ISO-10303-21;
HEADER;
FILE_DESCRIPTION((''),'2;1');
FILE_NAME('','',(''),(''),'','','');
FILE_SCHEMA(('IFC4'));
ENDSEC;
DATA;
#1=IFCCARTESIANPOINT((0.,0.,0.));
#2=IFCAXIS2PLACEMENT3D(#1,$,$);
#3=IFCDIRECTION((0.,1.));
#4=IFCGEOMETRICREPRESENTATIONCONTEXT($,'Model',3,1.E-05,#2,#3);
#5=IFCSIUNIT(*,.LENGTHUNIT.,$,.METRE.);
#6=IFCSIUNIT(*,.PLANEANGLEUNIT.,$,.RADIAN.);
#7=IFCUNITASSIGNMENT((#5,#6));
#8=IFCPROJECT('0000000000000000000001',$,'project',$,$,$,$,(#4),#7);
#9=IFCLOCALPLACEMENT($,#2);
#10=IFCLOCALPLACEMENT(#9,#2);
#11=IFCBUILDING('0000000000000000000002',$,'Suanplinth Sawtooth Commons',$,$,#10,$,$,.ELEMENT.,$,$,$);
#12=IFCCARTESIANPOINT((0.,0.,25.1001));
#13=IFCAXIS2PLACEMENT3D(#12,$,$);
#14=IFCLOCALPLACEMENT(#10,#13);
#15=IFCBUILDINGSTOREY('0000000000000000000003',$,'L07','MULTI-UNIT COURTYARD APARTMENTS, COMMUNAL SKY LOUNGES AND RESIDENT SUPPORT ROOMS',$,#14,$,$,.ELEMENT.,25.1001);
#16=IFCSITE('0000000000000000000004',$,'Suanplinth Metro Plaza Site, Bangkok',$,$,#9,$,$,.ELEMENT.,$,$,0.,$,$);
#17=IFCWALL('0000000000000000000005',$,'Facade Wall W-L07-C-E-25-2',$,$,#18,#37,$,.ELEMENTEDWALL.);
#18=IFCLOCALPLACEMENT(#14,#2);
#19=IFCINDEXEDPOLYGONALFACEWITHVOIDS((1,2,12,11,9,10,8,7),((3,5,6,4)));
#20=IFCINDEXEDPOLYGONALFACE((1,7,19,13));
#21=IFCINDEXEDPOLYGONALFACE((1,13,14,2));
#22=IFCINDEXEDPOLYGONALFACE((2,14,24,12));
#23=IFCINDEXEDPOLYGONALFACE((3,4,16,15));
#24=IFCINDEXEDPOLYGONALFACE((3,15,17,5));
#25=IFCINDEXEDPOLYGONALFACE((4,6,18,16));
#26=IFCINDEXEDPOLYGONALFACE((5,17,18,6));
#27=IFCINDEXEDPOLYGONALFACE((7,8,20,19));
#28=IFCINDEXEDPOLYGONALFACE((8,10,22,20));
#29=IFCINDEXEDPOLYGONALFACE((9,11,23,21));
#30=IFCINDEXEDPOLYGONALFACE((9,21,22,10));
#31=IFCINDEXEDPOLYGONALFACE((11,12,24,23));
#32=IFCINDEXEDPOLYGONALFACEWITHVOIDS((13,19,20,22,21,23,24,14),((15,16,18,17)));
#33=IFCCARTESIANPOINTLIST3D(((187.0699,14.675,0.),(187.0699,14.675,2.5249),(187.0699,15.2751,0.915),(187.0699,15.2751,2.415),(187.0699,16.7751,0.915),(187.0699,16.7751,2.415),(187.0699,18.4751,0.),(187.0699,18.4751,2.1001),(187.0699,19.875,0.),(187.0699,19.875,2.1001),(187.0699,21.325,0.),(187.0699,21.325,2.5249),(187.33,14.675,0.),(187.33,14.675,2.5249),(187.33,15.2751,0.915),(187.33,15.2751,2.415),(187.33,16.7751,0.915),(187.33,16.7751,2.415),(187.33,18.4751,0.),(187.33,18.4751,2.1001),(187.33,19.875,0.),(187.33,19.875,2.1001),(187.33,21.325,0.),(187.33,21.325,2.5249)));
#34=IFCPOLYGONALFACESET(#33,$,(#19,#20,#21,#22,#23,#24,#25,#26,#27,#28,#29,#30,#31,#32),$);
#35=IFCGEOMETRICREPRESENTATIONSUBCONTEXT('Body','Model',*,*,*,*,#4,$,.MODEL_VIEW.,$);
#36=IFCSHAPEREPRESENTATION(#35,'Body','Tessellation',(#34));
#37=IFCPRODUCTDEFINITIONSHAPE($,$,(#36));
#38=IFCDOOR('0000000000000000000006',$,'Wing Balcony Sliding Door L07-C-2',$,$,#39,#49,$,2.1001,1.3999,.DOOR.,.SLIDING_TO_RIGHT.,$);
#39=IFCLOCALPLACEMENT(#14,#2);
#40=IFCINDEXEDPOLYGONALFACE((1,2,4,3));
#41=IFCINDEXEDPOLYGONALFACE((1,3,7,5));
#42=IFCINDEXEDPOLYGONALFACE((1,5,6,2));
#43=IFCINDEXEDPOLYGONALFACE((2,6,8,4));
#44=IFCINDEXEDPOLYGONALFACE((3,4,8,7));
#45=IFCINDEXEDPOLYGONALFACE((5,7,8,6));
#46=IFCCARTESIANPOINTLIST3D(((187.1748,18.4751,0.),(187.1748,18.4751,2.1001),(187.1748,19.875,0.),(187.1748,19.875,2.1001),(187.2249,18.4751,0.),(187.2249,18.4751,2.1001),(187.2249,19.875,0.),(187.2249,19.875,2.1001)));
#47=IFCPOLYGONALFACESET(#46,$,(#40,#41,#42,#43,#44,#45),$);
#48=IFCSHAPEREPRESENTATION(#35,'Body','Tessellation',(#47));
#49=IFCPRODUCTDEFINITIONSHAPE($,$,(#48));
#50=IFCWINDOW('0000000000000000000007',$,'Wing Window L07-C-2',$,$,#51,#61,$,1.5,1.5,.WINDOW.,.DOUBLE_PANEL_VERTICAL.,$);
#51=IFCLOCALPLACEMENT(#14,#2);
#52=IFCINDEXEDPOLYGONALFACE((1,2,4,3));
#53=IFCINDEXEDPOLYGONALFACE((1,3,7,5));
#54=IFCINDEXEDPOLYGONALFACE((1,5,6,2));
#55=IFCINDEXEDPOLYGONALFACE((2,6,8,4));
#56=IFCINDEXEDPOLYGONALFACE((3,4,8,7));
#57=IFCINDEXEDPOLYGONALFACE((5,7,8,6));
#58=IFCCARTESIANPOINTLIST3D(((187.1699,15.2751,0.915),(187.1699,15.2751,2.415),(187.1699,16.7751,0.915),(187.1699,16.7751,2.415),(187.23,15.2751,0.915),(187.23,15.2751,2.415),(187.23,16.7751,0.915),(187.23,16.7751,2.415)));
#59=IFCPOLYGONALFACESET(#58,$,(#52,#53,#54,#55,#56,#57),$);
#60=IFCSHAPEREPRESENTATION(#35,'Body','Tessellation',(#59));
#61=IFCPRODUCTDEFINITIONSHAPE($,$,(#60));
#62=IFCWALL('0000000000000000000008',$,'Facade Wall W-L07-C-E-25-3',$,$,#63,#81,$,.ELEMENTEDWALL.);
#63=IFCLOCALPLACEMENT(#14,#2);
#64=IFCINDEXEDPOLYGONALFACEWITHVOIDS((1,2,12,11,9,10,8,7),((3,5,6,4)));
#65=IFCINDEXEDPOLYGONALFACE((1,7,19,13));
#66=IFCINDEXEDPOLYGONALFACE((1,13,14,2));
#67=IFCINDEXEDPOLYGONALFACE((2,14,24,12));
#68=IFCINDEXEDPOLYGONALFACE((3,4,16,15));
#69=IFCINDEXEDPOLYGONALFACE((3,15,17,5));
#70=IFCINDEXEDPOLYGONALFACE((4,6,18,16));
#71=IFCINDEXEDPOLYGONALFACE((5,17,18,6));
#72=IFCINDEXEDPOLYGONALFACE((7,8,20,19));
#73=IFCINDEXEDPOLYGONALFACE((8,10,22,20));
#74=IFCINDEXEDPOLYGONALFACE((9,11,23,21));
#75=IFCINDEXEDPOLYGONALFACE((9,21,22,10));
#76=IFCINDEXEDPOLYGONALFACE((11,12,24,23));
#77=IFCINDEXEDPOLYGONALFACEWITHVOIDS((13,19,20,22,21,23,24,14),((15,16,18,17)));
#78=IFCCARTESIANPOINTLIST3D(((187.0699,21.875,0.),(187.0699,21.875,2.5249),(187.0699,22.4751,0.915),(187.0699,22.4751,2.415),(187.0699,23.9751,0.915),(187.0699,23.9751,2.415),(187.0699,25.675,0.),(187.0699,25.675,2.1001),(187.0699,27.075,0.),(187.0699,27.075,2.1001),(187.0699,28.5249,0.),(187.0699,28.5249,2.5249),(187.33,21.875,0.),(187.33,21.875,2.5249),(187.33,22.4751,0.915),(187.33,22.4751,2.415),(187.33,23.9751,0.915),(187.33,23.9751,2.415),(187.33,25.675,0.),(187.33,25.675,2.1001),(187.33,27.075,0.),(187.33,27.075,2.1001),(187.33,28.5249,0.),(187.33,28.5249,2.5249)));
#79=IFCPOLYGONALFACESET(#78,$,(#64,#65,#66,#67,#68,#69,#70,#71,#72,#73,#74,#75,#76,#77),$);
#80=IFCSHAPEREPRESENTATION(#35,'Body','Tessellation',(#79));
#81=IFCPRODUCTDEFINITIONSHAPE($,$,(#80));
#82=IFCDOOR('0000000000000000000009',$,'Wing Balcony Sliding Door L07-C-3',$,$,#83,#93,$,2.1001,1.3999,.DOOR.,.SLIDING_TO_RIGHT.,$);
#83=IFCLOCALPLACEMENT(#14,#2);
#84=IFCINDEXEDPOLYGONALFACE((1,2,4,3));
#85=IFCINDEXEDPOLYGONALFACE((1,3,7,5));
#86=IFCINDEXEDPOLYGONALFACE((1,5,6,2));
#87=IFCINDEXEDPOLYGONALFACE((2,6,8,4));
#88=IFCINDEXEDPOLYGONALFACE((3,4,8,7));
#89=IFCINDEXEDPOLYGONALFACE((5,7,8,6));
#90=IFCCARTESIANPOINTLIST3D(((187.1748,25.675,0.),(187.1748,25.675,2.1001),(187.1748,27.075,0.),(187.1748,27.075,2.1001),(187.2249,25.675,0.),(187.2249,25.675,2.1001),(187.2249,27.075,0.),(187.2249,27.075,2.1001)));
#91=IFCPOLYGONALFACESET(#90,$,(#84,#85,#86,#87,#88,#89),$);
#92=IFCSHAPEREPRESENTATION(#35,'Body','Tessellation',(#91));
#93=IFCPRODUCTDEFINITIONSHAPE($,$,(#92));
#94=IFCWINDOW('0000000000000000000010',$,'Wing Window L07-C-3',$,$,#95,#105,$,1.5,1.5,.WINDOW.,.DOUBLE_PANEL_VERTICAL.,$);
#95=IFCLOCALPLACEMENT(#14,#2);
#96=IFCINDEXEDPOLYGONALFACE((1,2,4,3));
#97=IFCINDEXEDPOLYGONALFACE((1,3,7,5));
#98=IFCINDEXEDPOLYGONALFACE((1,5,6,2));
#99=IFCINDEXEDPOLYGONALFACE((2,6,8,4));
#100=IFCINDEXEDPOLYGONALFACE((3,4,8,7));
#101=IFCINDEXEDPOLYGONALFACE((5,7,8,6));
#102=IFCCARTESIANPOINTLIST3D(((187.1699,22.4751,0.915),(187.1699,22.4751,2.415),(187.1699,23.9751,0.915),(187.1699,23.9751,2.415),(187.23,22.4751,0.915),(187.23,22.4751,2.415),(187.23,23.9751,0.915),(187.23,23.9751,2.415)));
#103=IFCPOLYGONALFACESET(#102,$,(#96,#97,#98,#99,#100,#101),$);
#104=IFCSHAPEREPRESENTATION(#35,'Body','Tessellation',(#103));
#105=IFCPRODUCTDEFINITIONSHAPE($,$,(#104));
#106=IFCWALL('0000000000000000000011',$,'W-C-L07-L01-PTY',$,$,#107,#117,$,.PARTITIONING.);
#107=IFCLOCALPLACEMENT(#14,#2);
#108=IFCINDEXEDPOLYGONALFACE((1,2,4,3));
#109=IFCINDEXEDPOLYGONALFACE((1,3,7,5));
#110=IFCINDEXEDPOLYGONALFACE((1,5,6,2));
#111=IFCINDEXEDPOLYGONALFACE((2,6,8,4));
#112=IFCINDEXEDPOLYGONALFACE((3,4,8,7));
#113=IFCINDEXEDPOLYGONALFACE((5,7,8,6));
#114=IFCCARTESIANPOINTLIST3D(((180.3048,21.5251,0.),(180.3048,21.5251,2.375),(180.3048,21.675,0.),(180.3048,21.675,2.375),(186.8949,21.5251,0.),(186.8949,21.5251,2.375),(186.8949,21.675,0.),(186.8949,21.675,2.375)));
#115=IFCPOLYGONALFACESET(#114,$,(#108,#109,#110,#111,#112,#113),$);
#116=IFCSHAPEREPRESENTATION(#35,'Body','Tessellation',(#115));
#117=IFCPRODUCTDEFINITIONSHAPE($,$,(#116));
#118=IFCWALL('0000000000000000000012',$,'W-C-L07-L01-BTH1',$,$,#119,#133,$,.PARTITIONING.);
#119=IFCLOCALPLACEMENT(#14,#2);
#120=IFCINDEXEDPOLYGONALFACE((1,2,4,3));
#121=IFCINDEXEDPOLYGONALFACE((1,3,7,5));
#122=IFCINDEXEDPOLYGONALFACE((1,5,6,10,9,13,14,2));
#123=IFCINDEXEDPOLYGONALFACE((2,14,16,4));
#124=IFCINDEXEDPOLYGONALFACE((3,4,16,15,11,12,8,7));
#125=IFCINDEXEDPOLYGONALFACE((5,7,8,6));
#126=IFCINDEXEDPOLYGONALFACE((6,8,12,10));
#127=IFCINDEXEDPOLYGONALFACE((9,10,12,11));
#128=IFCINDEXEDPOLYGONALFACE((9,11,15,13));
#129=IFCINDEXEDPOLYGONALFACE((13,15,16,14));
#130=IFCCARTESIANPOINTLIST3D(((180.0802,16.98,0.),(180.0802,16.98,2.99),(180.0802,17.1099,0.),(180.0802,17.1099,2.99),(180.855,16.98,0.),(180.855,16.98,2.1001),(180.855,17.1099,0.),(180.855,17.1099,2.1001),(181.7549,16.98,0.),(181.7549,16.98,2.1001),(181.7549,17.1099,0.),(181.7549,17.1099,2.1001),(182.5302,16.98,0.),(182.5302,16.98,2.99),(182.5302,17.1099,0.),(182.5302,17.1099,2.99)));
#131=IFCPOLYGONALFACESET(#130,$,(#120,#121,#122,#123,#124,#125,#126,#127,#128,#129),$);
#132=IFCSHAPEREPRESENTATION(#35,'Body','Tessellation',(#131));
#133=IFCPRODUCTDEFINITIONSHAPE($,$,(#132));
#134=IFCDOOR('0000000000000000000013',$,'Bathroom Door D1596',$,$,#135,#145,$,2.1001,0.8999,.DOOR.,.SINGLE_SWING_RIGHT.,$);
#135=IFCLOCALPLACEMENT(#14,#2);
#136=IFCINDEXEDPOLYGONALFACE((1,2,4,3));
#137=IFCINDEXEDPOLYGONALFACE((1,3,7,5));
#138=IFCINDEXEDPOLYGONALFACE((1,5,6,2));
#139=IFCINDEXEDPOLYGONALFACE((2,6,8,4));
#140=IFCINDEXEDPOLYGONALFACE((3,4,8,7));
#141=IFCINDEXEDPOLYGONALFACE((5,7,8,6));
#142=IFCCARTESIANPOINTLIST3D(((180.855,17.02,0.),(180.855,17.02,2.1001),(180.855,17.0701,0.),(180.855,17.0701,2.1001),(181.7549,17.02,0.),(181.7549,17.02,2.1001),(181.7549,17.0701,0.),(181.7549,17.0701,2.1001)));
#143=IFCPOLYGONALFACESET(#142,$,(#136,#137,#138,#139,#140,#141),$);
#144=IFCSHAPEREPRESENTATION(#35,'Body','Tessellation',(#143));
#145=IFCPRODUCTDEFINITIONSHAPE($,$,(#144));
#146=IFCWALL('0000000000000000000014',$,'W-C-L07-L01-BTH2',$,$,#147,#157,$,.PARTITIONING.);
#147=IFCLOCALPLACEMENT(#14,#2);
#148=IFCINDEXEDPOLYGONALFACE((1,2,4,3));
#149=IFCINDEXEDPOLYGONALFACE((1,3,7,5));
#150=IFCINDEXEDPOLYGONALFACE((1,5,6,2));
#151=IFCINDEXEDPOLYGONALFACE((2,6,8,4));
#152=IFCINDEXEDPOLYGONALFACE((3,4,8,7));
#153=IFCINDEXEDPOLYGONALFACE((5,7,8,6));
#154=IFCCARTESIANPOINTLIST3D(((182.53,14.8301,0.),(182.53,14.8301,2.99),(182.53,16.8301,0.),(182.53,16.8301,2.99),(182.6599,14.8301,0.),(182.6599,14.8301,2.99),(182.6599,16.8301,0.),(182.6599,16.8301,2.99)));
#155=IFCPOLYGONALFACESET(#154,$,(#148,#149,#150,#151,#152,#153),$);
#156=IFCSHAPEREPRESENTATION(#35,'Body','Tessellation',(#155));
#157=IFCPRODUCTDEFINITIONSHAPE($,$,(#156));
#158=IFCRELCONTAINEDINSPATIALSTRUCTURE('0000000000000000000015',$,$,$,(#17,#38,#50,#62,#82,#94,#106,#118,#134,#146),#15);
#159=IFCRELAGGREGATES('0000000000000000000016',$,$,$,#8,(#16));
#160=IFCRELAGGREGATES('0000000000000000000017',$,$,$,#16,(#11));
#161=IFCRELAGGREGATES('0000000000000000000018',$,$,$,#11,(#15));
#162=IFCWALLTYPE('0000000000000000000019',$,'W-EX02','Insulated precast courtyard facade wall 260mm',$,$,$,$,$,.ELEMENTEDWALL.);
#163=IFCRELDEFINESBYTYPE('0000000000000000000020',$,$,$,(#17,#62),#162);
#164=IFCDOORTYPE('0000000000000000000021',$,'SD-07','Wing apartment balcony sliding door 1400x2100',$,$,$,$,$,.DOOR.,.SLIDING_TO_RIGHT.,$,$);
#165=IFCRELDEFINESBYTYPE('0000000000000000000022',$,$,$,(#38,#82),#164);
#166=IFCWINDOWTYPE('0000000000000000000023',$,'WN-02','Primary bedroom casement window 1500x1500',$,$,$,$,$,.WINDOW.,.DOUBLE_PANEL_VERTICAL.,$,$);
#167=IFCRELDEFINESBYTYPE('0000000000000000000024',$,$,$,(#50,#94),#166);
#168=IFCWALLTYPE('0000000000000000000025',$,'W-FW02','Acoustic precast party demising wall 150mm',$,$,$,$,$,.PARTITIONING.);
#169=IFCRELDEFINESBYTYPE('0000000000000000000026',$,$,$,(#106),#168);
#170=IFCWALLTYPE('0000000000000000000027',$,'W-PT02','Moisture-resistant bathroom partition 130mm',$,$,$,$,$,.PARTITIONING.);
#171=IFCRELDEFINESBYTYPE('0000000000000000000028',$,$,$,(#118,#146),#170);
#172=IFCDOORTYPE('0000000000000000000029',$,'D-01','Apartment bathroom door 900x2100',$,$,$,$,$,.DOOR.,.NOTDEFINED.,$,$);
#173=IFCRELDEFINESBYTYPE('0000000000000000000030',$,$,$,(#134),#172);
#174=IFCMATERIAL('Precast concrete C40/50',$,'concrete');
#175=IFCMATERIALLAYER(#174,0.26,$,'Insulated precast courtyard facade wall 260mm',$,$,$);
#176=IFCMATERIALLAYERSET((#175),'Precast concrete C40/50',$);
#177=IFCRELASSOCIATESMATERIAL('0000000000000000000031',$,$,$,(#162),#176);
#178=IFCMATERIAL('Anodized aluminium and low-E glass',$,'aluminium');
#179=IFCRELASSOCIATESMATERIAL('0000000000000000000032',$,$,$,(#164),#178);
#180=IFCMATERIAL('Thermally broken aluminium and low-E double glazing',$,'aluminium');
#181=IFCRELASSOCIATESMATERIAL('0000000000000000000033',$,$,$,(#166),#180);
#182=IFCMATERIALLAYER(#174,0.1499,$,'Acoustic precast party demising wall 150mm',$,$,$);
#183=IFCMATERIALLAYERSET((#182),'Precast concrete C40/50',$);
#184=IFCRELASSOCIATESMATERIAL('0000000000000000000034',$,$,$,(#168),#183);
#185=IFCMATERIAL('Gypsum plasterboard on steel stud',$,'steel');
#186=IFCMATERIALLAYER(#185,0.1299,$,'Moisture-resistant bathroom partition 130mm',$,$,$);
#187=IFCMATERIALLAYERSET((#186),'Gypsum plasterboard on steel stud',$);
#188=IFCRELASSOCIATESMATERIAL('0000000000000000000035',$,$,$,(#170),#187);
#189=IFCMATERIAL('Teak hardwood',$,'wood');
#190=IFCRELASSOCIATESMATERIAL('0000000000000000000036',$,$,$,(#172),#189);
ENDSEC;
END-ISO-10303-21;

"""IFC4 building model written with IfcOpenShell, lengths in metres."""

from ifc_helpers import new_model, si_unit, direction, frame, frame_2d, origin, place, context, subcontext, project, spatial, rectangle, extrude, material, layer, layer_set, type_object, element, fill, save


model = new_model("IFC4")

# Units and contexts
model_context = context("Model", 3, precision=1e-05, world=origin(), true_north=direction((0.0, 1.0)))
body_context = subcontext(model_context, "Body", "Model", "MODEL_VIEW")
ifc_project = project(units=[si_unit("LENGTHUNIT", "METRE"), si_unit("PLANEANGLEUNIT", "RADIAN")], contexts=[model_context])

# Site, building, storey
site_placement = place(None, origin())
site = spatial("IfcSite", under=ifc_project, at=site_placement, Name="Suanplinth Metro Plaza Site, Bangkok", CompositionType="ELEMENT", RefElevation=0.0)
building_placement = place(site_placement, origin())
building = spatial("IfcBuilding", under=site, at=building_placement, Name="Suanplinth Sawtooth Commons", CompositionType="ELEMENT")
storey_placement = place(building_placement, frame((0.0, 0.0, 25.1001)))
storey = spatial("IfcBuildingStorey", under=building, at=storey_placement, Name="L07", Description="MULTI-UNIT COURTYARD APARTMENTS, COMMUNAL SKY LOUNGES AND RESIDENT SUPPORT ROOMS", CompositionType="ELEMENT", Elevation=25.1001)

# Shared definitions
ifc_material_1 = material(Name="Precast concrete C40/50", Category="concrete")

# Walls, openings, doors, windows
ifc_layer_1 = layer(ifc_material_1, 0.26, Name="Insulated precast courtyard facade wall 260mm")
ifc_layer_set_1 = layer_set([ifc_layer_1], Name="Precast concrete C40/50")
wall_type_1 = type_object("IfcWallType", Name="W-EX02", Description="Insulated precast courtyard facade wall 260mm", PredefinedType="ELEMENTEDWALL", material=ifc_layer_set_1)
wall_1_placement = place(storey_placement, frame((187.2, 14.675, 0.0), z_axis=(0.0, 0.0, 1.0), x_axis=(0.0, 1.0, 0.0)))
wall_1 = element("IfcWall", 1, at=wall_1_placement, inside=storey, type_object=wall_type_1, Name="Facade Wall W-L07-C-E-25-2", PredefinedType="ELEMENTEDWALL", context=body_context, shape_type="SweptSolid", body=[
    extrude(rectangle(XDim=6.6499, YDim=0.26, at=frame_2d((3.325, 0.0))), origin(), (0.0, 0.0, 1.0), 2.5249),
])
opening_1_placement = place(wall_1_placement, frame((3.8, 0.0, 0.0)))
opening_1 = element("IfcOpeningElement", 2, at=opening_1_placement, cuts=wall_1, PredefinedType="OPENING", context=body_context, shape_type="SweptSolid", body=[
    extrude(rectangle(XDim=1.3999, YDim=2.1001, at=frame_2d((0.7, 1.05))), frame((0.0, 0.145, 0.0), z_axis=(0.0, -1.0, 0.0), x_axis=(1.0, 0.0, 0.0)), (0.0, 0.0, 1.0), 0.2898),
])
opening_2_placement = place(wall_1_placement, frame((0.6001, 0.0, 0.915)))
opening_2 = element("IfcOpeningElement", 3, at=opening_2_placement, cuts=wall_1, PredefinedType="OPENING", context=body_context, shape_type="SweptSolid", body=[
    extrude(rectangle(XDim=1.5, YDim=1.5, at=frame_2d((0.75, 0.75))), frame((0.0, 0.145, 0.0), z_axis=(0.0, -1.0, 0.0), x_axis=(1.0, 0.0, 0.0)), (0.0, 0.0, 1.0), 0.2898),
])
ifc_material_2 = material(Name="Anodized aluminium and low-E glass", Category="aluminium")
door_type_1 = type_object("IfcDoorType", Name="SD-07", Description="Wing apartment balcony sliding door 1400x2100", OperationType="SLIDING_TO_RIGHT", PredefinedType="DOOR", material=ifc_material_2)
door_1_placement = place(opening_1_placement, frame((1.3999, 0.0, 0.0), z_axis=(0.0, 0.0, 1.0), x_axis=(-1.0, 0.0, 0.0)))
door_1 = element("IfcDoor", 4, at=door_1_placement, inside=storey, type_object=door_type_1, Name="Wing Balcony Sliding Door L07-C-2", OperationType="SLIDING_TO_RIGHT", OverallHeight=2.1001, OverallWidth=1.3999, PredefinedType="DOOR", context=body_context, shape_type="SweptSolid", body=[
    extrude(rectangle(XDim=1.3999, YDim=2.1001, at=frame_2d((0.7, 1.05))), frame((0.0, 0.0249, 0.0), z_axis=(0.0, -1.0, 0.0), x_axis=(1.0, 0.0, 0.0)), (0.0, 0.0, 1.0), 0.05),
])
fill(opening_1, door_1)
ifc_material_3 = material(Name="Thermally broken aluminium and low-E double glazing", Category="aluminium")
window_type = type_object("IfcWindowType", Name="WN-02", Description="Primary bedroom casement window 1500x1500", PartitioningType="DOUBLE_PANEL_VERTICAL", PredefinedType="WINDOW", material=ifc_material_3)
window_1_placement = place(opening_2_placement, origin())
window_1 = element("IfcWindow", 5, at=window_1_placement, inside=storey, type_object=window_type, Name="Wing Window L07-C-2", OverallHeight=1.5, OverallWidth=1.5, PartitioningType="DOUBLE_PANEL_VERTICAL", PredefinedType="WINDOW", context=body_context, shape_type="SweptSolid", body=[
    extrude(rectangle(XDim=1.5, YDim=1.5, at=frame_2d((0.75, 0.75))), frame((0.0, 0.03, 0.0), z_axis=(0.0, -1.0, 0.0), x_axis=(1.0, 0.0, 0.0)), (0.0, 0.0, 1.0), 0.0601),
])
fill(opening_2, window_1)
wall_2_placement = place(storey_placement, frame((187.2, 21.875, 0.0), z_axis=(0.0, 0.0, 1.0), x_axis=(0.0, 1.0, 0.0)))
wall_2 = element("IfcWall", 6, at=wall_2_placement, inside=storey, type_object=wall_type_1, Name="Facade Wall W-L07-C-E-25-3", PredefinedType="ELEMENTEDWALL", context=body_context, shape_type="SweptSolid", body=[
    extrude(rectangle(XDim=6.6499, YDim=0.26, at=frame_2d((3.325, 0.0))), origin(), (0.0, 0.0, 1.0), 2.5249),
])
opening_3_placement = place(wall_2_placement, frame((3.8, 0.0, 0.0)))
opening_3 = element("IfcOpeningElement", 7, at=opening_3_placement, cuts=wall_2, PredefinedType="OPENING", context=body_context, shape_type="SweptSolid", body=[
    extrude(rectangle(XDim=1.3999, YDim=2.1001, at=frame_2d((0.7, 1.05))), frame((0.0, 0.145, 0.0), z_axis=(0.0, -1.0, 0.0), x_axis=(1.0, 0.0, 0.0)), (0.0, 0.0, 1.0), 0.2898),
])
opening_4_placement = place(wall_2_placement, frame((0.6001, 0.0, 0.915)))
opening_4 = element("IfcOpeningElement", 8, at=opening_4_placement, cuts=wall_2, PredefinedType="OPENING", context=body_context, shape_type="SweptSolid", body=[
    extrude(rectangle(XDim=1.5, YDim=1.5, at=frame_2d((0.75, 0.75))), frame((0.0, 0.145, 0.0), z_axis=(0.0, -1.0, 0.0), x_axis=(1.0, 0.0, 0.0)), (0.0, 0.0, 1.0), 0.2898),
])
door_2_placement = place(opening_3_placement, frame((1.3999, 0.0, 0.0), z_axis=(0.0, 0.0, 1.0), x_axis=(-1.0, 0.0, 0.0)))
door_2 = element("IfcDoor", 9, at=door_2_placement, inside=storey, type_object=door_type_1, Name="Wing Balcony Sliding Door L07-C-3", OperationType="SLIDING_TO_RIGHT", OverallHeight=2.1001, OverallWidth=1.3999, PredefinedType="DOOR", context=body_context, shape_type="SweptSolid", body=[
    extrude(rectangle(XDim=1.3999, YDim=2.1001, at=frame_2d((0.7, 1.05))), frame((0.0, 0.0249, 0.0), z_axis=(0.0, -1.0, 0.0), x_axis=(1.0, 0.0, 0.0)), (0.0, 0.0, 1.0), 0.05),
])
fill(opening_3, door_2)
window_2_placement = place(opening_4_placement, origin())
window_2 = element("IfcWindow", 10, at=window_2_placement, inside=storey, type_object=window_type, Name="Wing Window L07-C-3", OverallHeight=1.5, OverallWidth=1.5, PartitioningType="DOUBLE_PANEL_VERTICAL", PredefinedType="WINDOW", context=body_context, shape_type="SweptSolid", body=[
    extrude(rectangle(XDim=1.5, YDim=1.5, at=frame_2d((0.75, 0.75))), frame((0.0, 0.03, 0.0), z_axis=(0.0, -1.0, 0.0), x_axis=(1.0, 0.0, 0.0)), (0.0, 0.0, 1.0), 0.0601),
])
fill(opening_4, window_2)

# Wall
ifc_layer_2 = layer(ifc_material_1, 0.1499, Name="Acoustic precast party demising wall 150mm")
ifc_layer_set_2 = layer_set([ifc_layer_2], Name="Precast concrete C40/50")
wall_type_2 = type_object("IfcWallType", Name="W-FW02", Description="Acoustic precast party demising wall 150mm", PredefinedType="PARTITIONING", material=ifc_layer_set_2)
wall_3_placement = place(storey_placement, frame((180.3049, 21.6001, 0.0), z_axis=(0.0, 0.0, 1.0), x_axis=(1.0, 0.0, 0.0)))
element("IfcWall", 11, at=wall_3_placement, inside=storey, type_object=wall_type_2, Name="W-C-L07-L01-PTY", PredefinedType="PARTITIONING", context=body_context, shape_type="SweptSolid", body=[
    extrude(rectangle(XDim=6.5901, YDim=0.1499, at=frame_2d((3.2949, 0.0))), origin(), (0.0, 0.0, 1.0), 2.375),
])

# Wall, opening, door
ifc_material_4 = material(Name="Gypsum plasterboard on steel stud", Category="steel")
ifc_layer_3 = layer(ifc_material_4, 0.1299, Name="Moisture-resistant bathroom partition 130mm")
ifc_layer_set_3 = layer_set([ifc_layer_3], Name="Gypsum plasterboard on steel stud")
wall_type_3 = type_object("IfcWallType", Name="W-PT02", Description="Moisture-resistant bathroom partition 130mm", PredefinedType="PARTITIONING", material=ifc_layer_set_3)
wall_4_placement = place(storey_placement, frame((180.0801, 17.0449, 0.0), z_axis=(0.0, 0.0, 1.0), x_axis=(1.0, 0.0, 0.0)))
wall_4 = element("IfcWall", 12, at=wall_4_placement, inside=storey, type_object=wall_type_3, Name="W-C-L07-L01-BTH1", PredefinedType="PARTITIONING", context=body_context, shape_type="SweptSolid", body=[
    extrude(rectangle(XDim=2.45, YDim=0.1299, at=frame_2d((1.2251, 0.0))), origin(), (0.0, 0.0, 1.0), 2.99),
])
opening_5_placement = place(wall_4_placement, frame((0.7749, 0.0, 0.0)))
opening_5 = element("IfcOpeningElement", 13, at=opening_5_placement, cuts=wall_4, PredefinedType="OPENING", context=body_context, shape_type="SweptSolid", body=[
    extrude(rectangle(XDim=0.8999, YDim=2.1001, at=frame_2d((0.45, 1.05))), frame((0.0, 0.0798, 0.0), z_axis=(0.0, -1.0, 0.0), x_axis=(1.0, 0.0, 0.0)), (0.0, 0.0, 1.0), 0.1597),
])
ifc_material_5 = material(Name="Teak hardwood", Category="wood")
door_type_2 = type_object("IfcDoorType", Name="D-01", Description="Apartment bathroom door 900x2100", OperationType="NOTDEFINED", PredefinedType="DOOR", material=ifc_material_5)
door_3_placement = place(opening_5_placement, frame((0.8999, 0.0, 0.0), z_axis=(0.0, 0.0, 1.0), x_axis=(-1.0, 0.0, 0.0)))
door_3 = element("IfcDoor", 14, at=door_3_placement, inside=storey, type_object=door_type_2, Name="Bathroom Door D1596", OperationType="SINGLE_SWING_RIGHT", OverallHeight=2.1001, OverallWidth=0.8999, PredefinedType="DOOR", context=body_context, shape_type="SweptSolid", body=[
    extrude(rectangle(XDim=0.8999, YDim=2.1001, at=frame_2d((0.45, 1.05))), frame((0.0, 0.0249, 0.0), z_axis=(0.0, -1.0, 0.0), x_axis=(1.0, 0.0, 0.0)), (0.0, 0.0, 1.0), 0.05),
])
fill(opening_5, door_3)

# Wall
wall_5_placement = place(storey_placement, frame((182.595, 14.8301, 0.0), z_axis=(0.0, 0.0, 1.0), x_axis=(0.0, 1.0, 0.0)))
element("IfcWall", 15, at=wall_5_placement, inside=storey, type_object=wall_type_3, Name="W-C-L07-L01-BTH2", PredefinedType="PARTITIONING", context=body_context, shape_type="SweptSolid", body=[
    extrude(rectangle(XDim=2.0, YDim=0.1299, at=frame_2d((1.0, 0.0))), origin(), (0.0, 0.0, 1.0), 2.99),
])

save(model, "model.ifc")
